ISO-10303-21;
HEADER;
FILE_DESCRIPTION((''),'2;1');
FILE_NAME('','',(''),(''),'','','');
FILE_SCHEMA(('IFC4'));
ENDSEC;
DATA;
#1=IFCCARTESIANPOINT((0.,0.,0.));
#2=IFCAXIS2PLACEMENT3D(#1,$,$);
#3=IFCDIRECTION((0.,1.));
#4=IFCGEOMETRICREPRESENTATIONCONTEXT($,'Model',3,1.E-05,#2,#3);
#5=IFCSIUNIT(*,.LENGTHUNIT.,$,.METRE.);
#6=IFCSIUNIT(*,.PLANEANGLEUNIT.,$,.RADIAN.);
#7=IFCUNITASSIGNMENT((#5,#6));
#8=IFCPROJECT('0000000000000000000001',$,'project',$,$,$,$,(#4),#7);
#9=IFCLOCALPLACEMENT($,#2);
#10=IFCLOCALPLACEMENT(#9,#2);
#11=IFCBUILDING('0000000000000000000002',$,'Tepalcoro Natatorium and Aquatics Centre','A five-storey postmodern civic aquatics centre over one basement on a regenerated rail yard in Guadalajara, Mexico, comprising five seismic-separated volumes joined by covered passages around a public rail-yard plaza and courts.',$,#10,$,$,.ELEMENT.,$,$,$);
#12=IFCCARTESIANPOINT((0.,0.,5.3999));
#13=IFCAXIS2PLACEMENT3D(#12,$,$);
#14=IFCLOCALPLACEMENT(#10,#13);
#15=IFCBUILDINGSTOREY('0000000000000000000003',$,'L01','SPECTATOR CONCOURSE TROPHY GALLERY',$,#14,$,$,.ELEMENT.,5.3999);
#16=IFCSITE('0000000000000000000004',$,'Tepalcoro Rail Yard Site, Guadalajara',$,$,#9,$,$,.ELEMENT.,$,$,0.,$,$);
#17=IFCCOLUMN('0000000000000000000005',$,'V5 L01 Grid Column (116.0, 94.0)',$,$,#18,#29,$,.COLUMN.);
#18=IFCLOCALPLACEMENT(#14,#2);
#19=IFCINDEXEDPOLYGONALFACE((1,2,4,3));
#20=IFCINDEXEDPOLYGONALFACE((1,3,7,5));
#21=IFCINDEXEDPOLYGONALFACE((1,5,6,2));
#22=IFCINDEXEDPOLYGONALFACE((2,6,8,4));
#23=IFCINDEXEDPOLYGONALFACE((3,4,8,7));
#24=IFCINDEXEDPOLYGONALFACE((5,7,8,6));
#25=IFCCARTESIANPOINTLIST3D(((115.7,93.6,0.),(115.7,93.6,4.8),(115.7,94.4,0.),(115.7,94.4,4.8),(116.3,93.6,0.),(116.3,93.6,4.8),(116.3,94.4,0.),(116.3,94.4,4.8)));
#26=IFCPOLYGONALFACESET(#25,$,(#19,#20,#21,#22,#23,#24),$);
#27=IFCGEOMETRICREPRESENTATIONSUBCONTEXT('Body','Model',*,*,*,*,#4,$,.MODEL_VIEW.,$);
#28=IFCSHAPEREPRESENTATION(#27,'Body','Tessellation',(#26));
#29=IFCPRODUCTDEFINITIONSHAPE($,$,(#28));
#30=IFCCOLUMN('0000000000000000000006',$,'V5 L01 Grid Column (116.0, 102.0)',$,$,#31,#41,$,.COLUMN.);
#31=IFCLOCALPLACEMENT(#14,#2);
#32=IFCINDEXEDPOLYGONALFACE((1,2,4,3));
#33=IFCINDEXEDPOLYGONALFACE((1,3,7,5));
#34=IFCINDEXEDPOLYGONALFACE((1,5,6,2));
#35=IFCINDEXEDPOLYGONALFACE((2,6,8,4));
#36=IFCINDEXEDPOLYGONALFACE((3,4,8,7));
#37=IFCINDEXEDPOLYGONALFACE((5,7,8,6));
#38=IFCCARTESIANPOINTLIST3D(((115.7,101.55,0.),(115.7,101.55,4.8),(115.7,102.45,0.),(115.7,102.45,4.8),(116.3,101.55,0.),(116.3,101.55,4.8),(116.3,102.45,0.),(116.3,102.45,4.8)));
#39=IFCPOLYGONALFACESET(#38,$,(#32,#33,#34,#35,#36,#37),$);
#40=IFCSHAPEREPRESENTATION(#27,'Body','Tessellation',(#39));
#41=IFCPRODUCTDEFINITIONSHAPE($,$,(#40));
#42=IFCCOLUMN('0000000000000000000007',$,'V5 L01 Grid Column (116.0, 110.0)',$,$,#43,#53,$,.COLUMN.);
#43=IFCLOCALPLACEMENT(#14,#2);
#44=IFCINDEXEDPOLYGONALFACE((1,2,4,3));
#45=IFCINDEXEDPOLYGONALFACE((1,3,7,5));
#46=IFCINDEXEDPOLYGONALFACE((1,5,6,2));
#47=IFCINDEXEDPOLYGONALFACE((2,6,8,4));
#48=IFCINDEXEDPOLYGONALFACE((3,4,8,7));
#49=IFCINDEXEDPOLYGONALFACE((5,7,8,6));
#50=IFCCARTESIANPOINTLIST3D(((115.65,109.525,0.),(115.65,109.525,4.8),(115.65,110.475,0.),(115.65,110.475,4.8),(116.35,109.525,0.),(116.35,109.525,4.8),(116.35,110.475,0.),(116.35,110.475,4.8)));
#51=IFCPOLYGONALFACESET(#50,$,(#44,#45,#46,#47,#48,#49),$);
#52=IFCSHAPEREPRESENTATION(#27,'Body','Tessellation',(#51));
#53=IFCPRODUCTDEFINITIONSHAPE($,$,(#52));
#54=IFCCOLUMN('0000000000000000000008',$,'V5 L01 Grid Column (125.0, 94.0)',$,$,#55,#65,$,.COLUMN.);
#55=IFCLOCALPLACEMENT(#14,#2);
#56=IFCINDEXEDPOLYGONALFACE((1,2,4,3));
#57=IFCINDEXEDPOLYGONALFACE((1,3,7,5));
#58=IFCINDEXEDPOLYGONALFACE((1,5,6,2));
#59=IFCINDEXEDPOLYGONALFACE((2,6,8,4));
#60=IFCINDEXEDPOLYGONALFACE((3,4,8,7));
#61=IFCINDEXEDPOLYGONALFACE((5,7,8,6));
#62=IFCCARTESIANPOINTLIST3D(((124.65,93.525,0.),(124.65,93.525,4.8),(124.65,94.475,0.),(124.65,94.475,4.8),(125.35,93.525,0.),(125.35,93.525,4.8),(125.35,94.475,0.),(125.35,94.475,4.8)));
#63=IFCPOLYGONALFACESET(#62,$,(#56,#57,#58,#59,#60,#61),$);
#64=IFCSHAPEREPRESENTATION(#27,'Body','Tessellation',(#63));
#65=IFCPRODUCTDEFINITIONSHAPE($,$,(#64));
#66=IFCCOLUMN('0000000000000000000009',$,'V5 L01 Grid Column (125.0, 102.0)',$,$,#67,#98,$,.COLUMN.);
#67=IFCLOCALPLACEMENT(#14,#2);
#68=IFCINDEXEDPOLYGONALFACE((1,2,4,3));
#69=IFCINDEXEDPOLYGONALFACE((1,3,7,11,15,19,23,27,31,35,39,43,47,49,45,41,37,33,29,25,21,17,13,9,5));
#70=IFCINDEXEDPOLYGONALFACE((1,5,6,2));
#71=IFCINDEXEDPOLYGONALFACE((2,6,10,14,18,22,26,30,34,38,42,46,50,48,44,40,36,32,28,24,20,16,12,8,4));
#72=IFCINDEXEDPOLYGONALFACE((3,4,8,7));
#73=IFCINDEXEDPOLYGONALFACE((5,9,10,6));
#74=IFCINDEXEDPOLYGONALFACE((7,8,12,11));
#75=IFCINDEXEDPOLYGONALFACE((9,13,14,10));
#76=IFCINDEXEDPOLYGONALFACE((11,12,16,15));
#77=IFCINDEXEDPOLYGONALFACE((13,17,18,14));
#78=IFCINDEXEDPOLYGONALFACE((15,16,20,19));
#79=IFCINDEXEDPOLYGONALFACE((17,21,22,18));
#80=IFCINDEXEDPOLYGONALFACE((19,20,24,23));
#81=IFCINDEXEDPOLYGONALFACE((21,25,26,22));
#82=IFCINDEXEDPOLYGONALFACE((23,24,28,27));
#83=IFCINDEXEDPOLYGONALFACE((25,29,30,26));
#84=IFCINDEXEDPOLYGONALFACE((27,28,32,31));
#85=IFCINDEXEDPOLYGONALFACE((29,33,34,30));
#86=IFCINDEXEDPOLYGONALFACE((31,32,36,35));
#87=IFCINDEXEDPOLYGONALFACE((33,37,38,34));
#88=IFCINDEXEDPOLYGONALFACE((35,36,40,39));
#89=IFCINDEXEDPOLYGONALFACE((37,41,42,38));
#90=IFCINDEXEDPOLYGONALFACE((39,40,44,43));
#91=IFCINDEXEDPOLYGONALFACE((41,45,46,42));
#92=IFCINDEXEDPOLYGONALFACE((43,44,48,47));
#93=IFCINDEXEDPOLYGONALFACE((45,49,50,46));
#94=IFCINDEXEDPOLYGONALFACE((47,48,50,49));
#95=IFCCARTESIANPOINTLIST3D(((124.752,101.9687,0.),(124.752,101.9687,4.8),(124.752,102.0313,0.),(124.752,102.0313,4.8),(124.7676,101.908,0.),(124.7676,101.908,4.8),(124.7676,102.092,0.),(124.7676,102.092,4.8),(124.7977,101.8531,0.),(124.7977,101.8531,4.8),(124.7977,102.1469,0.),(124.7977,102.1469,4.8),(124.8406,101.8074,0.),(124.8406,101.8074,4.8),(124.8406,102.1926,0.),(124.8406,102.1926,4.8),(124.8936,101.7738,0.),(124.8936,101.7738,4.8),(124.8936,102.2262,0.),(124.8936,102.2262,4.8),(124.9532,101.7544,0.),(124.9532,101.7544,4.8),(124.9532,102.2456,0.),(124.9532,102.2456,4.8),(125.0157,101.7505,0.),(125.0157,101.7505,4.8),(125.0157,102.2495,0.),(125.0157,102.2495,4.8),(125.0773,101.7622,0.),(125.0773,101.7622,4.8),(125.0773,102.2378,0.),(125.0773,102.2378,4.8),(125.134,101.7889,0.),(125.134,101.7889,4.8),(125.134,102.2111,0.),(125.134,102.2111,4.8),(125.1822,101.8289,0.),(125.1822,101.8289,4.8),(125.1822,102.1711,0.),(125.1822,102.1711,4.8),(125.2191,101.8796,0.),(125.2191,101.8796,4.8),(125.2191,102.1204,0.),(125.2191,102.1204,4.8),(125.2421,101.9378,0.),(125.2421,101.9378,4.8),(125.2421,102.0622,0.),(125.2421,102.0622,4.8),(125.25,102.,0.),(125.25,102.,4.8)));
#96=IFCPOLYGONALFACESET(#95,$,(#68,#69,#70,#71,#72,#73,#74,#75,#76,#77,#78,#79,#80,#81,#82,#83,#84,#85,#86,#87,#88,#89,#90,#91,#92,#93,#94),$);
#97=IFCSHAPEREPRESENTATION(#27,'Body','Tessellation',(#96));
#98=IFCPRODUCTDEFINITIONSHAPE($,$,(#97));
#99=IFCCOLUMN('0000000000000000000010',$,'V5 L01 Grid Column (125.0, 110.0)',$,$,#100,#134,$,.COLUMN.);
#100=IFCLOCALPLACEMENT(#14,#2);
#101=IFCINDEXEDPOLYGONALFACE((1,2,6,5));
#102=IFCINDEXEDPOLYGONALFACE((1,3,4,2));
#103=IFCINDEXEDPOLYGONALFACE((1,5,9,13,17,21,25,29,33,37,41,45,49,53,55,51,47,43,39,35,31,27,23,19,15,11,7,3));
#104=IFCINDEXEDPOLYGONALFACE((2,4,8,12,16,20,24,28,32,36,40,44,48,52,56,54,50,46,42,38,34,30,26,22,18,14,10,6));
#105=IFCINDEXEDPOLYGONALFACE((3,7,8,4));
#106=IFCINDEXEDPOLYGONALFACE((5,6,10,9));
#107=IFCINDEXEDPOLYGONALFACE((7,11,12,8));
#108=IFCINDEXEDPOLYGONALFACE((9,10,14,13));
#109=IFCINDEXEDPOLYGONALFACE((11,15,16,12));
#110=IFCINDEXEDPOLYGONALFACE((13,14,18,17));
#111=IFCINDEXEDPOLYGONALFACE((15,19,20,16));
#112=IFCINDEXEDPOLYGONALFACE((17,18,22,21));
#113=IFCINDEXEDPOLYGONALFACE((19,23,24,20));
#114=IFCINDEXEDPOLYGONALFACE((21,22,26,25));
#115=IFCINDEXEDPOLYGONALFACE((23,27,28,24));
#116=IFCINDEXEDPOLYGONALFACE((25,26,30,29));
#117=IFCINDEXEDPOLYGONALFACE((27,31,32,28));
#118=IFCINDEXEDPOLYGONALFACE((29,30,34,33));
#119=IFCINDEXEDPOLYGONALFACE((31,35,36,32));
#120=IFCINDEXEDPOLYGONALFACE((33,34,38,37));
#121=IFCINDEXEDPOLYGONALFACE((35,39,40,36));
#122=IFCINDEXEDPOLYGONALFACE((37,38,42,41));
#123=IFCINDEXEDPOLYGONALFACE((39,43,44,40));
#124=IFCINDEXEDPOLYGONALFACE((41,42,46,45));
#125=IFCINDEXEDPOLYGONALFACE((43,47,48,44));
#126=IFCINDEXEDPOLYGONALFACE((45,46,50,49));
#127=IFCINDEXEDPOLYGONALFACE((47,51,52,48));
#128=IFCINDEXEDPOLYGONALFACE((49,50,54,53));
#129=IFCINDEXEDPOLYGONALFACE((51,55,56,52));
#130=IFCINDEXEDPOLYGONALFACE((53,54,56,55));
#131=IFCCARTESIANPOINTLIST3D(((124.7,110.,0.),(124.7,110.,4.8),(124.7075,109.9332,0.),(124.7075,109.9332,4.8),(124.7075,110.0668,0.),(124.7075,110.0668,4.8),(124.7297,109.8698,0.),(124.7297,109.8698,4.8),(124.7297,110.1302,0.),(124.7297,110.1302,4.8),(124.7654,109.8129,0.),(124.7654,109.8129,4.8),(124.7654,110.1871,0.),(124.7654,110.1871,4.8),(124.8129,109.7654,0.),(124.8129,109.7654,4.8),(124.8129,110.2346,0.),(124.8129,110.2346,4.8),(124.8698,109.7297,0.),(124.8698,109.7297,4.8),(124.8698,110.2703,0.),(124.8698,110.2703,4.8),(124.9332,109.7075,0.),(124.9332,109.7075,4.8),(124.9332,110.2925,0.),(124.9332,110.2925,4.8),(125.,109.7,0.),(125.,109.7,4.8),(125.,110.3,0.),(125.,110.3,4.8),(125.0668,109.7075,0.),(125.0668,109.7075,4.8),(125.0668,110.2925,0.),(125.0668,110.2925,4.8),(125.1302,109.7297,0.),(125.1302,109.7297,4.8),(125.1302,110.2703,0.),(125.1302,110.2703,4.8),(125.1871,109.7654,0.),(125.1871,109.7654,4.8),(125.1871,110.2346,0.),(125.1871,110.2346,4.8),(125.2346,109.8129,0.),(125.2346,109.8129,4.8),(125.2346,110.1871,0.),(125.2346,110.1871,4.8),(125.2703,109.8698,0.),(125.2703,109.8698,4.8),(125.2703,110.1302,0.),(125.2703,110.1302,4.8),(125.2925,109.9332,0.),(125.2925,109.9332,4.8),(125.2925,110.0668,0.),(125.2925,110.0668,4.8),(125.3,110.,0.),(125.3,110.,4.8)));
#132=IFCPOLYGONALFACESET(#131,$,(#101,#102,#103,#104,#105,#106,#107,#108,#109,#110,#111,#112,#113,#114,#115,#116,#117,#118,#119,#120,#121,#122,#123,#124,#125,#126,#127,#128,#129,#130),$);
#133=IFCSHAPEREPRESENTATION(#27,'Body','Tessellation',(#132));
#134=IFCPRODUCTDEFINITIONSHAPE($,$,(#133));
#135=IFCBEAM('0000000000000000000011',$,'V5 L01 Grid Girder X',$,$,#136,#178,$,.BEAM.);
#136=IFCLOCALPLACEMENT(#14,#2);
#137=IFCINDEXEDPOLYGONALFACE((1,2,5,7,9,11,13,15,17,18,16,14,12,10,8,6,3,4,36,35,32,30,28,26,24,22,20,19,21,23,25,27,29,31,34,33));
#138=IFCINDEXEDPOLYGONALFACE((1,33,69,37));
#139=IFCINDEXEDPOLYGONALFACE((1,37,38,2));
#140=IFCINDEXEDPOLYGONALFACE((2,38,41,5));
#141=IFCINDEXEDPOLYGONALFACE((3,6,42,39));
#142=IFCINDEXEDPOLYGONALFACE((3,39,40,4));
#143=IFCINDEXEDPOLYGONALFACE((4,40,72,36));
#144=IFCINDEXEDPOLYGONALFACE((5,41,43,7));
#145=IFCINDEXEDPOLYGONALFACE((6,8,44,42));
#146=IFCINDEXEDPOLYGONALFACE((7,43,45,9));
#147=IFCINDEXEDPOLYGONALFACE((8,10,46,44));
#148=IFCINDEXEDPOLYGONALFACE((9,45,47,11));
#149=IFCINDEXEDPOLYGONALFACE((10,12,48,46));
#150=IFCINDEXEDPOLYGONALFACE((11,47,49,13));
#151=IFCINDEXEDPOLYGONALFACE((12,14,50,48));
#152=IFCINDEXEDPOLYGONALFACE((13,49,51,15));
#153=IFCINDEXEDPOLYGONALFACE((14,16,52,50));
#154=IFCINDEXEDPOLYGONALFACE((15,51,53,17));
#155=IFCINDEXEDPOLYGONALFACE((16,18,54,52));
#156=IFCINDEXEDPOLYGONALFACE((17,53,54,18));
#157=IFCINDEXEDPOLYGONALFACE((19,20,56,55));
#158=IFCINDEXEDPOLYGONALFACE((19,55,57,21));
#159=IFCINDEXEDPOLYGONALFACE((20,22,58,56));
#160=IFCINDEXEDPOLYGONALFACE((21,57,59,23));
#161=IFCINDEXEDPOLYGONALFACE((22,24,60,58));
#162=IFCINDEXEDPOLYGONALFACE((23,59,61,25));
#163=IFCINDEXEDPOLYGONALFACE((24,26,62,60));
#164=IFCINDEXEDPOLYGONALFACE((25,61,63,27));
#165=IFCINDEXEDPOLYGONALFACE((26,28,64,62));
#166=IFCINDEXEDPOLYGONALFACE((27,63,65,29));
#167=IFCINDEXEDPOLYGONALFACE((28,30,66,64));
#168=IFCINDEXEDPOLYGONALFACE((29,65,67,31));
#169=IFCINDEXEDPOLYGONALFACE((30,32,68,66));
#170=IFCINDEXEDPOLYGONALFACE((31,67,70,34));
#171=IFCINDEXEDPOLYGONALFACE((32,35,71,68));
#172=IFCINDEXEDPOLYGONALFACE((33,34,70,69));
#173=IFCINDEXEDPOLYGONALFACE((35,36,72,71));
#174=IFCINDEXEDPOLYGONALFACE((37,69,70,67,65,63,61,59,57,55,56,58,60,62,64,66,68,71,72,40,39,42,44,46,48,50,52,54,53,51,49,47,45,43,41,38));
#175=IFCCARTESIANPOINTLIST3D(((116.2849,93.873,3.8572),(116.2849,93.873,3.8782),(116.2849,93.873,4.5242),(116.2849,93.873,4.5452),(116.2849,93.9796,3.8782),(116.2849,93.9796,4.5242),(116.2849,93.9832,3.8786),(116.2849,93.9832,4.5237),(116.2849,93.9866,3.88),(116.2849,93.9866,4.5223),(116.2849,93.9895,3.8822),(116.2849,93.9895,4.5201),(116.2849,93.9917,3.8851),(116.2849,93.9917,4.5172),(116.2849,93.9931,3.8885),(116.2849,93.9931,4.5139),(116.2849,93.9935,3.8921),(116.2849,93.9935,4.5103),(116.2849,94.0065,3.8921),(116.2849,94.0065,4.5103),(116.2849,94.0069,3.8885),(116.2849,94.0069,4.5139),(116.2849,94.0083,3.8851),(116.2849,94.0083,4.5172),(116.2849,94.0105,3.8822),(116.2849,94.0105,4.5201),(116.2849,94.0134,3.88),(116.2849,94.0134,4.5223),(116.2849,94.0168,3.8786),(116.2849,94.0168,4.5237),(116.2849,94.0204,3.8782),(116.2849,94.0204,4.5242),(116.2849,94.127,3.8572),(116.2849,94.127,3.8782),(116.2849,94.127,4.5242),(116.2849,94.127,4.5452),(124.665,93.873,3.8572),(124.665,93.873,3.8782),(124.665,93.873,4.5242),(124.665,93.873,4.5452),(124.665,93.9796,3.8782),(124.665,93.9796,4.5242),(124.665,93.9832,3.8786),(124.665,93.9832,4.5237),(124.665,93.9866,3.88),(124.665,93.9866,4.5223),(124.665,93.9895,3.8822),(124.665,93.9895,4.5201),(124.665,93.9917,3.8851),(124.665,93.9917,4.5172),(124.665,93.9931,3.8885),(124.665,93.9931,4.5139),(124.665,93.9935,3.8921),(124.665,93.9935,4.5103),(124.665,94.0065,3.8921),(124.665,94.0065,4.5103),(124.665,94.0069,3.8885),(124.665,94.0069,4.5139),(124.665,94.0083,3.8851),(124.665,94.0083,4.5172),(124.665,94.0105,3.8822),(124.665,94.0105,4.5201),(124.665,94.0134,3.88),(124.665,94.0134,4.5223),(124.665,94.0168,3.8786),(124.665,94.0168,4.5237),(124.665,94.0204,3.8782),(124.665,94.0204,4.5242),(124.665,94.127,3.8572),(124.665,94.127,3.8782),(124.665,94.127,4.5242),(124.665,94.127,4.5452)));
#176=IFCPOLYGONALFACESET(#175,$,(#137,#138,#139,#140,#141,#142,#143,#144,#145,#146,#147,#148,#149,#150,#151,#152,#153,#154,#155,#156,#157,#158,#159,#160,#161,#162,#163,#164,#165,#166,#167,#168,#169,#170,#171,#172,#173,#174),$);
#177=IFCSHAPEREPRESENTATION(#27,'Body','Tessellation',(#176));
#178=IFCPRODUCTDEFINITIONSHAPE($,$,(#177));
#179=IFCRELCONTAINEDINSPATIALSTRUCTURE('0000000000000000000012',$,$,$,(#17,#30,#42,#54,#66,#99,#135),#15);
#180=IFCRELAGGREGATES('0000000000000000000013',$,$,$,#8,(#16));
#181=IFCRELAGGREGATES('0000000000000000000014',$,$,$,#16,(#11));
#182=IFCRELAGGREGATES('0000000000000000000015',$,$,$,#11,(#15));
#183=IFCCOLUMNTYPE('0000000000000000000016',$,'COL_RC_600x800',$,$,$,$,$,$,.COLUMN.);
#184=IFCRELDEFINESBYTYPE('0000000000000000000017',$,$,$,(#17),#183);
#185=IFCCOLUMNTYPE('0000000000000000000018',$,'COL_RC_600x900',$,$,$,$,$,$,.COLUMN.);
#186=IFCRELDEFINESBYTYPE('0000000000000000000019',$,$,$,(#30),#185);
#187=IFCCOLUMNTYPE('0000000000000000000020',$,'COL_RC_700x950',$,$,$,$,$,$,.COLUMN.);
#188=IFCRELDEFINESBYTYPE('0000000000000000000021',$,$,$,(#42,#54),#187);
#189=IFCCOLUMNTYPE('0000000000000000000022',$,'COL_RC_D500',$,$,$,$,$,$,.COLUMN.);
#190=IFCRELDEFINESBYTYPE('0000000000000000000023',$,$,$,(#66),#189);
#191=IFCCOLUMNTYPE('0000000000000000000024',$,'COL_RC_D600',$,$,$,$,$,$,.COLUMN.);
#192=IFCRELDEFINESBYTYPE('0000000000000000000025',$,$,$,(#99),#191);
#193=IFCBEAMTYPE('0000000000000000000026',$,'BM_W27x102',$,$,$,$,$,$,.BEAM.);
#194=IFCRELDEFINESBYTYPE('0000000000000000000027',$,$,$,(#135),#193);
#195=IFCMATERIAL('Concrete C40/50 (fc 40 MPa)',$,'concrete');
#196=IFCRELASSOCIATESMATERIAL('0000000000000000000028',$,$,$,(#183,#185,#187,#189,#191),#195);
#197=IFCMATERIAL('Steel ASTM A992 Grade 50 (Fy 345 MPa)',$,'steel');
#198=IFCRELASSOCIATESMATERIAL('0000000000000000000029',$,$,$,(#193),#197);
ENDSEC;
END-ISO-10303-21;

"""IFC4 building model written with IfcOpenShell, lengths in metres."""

from ifc_helpers import new_model, si_unit, direction, frame, origin, origin_2d, place, context, subcontext, project, spatial, rectangle, circle, i_section, extrude, material, material_profile, profile_set, type_object, element, save


model = new_model("IFC4")

# Units and contexts
model_context = context("Model", 3, precision=1e-05, world=origin(), true_north=direction((0.0, 1.0)))
body_context = subcontext(model_context, "Body", "Model", "MODEL_VIEW")
ifc_project = project(units=[si_unit("LENGTHUNIT", "METRE"), si_unit("PLANEANGLEUNIT", "RADIAN")], contexts=[model_context])

# Site, building, storey
site_placement = place(None, origin())
site = spatial("IfcSite", under=ifc_project, at=site_placement, Name="Tepalcoro Rail Yard Site, Guadalajara", CompositionType="ELEMENT", RefElevation=0.0)
building_placement = place(site_placement, origin())
building = spatial("IfcBuilding", under=site, at=building_placement, Name="Tepalcoro Natatorium and Aquatics Centre", Description="A five-storey postmodern civic aquatics centre over one basement on a regenerated rail yard in Guadalajara, Mexico, comprising five seismic-separated volumes joined by covered passages around a public rail-yard plaza and courts.", CompositionType="ELEMENT")
storey_placement = place(building_placement, frame((0.0, 0.0, 5.3999)))
storey = spatial("IfcBuildingStorey", under=building, at=storey_placement, Name="L01", Description="SPECTATOR CONCOURSE TROPHY GALLERY", CompositionType="ELEMENT", Elevation=5.3999)

# Columns
ifc_material_1 = material(Name="Concrete C40/50 (fc 40 MPa)", Category="concrete")
ifc_material_profile_1 = material_profile(ifc_material_1, rectangle(XDim=0.6001, YDim=0.8, at=origin_2d()), Name="RC600x800")
ifc_profile_set_1 = profile_set([ifc_material_profile_1], Name="Concrete C40/50 (fc 40 MPa)")
column_type_1 = type_object("IfcColumnType", Name="COL_RC_600x800", PredefinedType="COLUMN", material=ifc_profile_set_1)
column_1_placement = place(storey_placement, frame((116.0, 94.0, 0.0), z_axis=(0.0, 0.0, 1.0), x_axis=(1.0, 0.0, 0.0)))
element("IfcColumn", 1, at=column_1_placement, inside=storey, type_object=column_type_1, Name="V5 L01 Grid Column (116.0, 94.0)", PredefinedType="COLUMN", context=body_context, shape_type="SweptSolid", body=[
    extrude(rectangle(XDim=0.6001, YDim=0.8, at=origin_2d()), origin(), (0.0, 0.0, 1.0), 4.8),
])
ifc_material_profile_2 = material_profile(ifc_material_1, rectangle(XDim=0.6001, YDim=0.8999, at=origin_2d()), Name="RC600x900")
ifc_profile_set_2 = profile_set([ifc_material_profile_2], Name="Concrete C40/50 (fc 40 MPa)")
column_type_2 = type_object("IfcColumnType", Name="COL_RC_600x900", PredefinedType="COLUMN", material=ifc_profile_set_2)
column_2_placement = place(storey_placement, frame((116.0, 102.0, 0.0), z_axis=(0.0, 0.0, 1.0), x_axis=(1.0, 0.0, 0.0)))
element("IfcColumn", 2, at=column_2_placement, inside=storey, type_object=column_type_2, Name="V5 L01 Grid Column (116.0, 102.0)", PredefinedType="COLUMN", context=body_context, shape_type="SweptSolid", body=[
    extrude(rectangle(XDim=0.6001, YDim=0.8999, at=origin_2d()), origin(), (0.0, 0.0, 1.0), 4.8),
])
ifc_material_profile_3 = material_profile(ifc_material_1, rectangle(XDim=0.7, YDim=0.95, at=origin_2d()), Name="RC700x950")
ifc_profile_set_3 = profile_set([ifc_material_profile_3], Name="Concrete C40/50 (fc 40 MPa)")
column_type_3 = type_object("IfcColumnType", Name="COL_RC_700x950", PredefinedType="COLUMN", material=ifc_profile_set_3)
for number, where, z_axis, x_axis, name in (
    (3, (116.0, 110.0, 0.0), (0.0, 0.0, 1.0), (1.0, 0.0, 0.0), "V5 L01 Grid Column (116.0, 110.0)"),
    (4, (125.0, 94.0, 0.0), (0.0, 0.0, 1.0), (1.0, 0.0, 0.0), "V5 L01 Grid Column (125.0, 94.0)"),
):
    element("IfcColumn", number, at=place(storey_placement, frame(where, z_axis=z_axis, x_axis=x_axis)), inside=storey, type_object=column_type_3, Name=name, PredefinedType="COLUMN", context=body_context, shape_type="SweptSolid", body=[
        extrude(rectangle(XDim=0.7, YDim=0.95, at=origin_2d()), origin(), (0.0, 0.0, 1.0), 4.8),
    ])
ifc_material_profile_4 = material_profile(ifc_material_1, circle(Radius=0.25, at=origin_2d()), Name="RCD500")
ifc_profile_set_4 = profile_set([ifc_material_profile_4], Name="Concrete C40/50 (fc 40 MPa)")
column_type_4 = type_object("IfcColumnType", Name="COL_RC_D500", PredefinedType="COLUMN", material=ifc_profile_set_4)
column_3_placement = place(storey_placement, frame((125.0, 102.0, 0.0), z_axis=(0.0, 0.0, 1.0), x_axis=(1.0, 0.0, 0.0)))
element("IfcColumn", 5, at=column_3_placement, inside=storey, type_object=column_type_4, Name="V5 L01 Grid Column (125.0, 102.0)", PredefinedType="COLUMN", context=body_context, shape_type="SweptSolid", body=[
    extrude(circle(Radius=0.25, at=origin_2d()), origin(), (0.0, 0.0, 1.0), 4.8),
])
ifc_material_profile_5 = material_profile(ifc_material_1, circle(Radius=0.3, at=origin_2d()), Name="RCD600")
ifc_profile_set_5 = profile_set([ifc_material_profile_5], Name="Concrete C40/50 (fc 40 MPa)")
column_type_5 = type_object("IfcColumnType", Name="COL_RC_D600", PredefinedType="COLUMN", material=ifc_profile_set_5)
column_4_placement = place(storey_placement, frame((125.0, 110.0, 0.0), z_axis=(0.0, 0.0, 1.0), x_axis=(1.0, 0.0, 0.0)))
element("IfcColumn", 6, at=column_4_placement, inside=storey, type_object=column_type_5, Name="V5 L01 Grid Column (125.0, 110.0)", PredefinedType="COLUMN", context=body_context, shape_type="SweptSolid", body=[
    extrude(circle(Radius=0.3, at=origin_2d()), origin(), (0.0, 0.0, 1.0), 4.8),
])

# Beam
ifc_material_2 = material(Name="Steel ASTM A992 Grade 50 (Fy 345 MPa)", Category="steel")
ifc_material_profile_6 = material_profile(ifc_material_2, i_section(OverallWidth=0.2539, OverallDepth=0.688, WebThickness=0.0129, FlangeThickness=0.021, FilletRadius=0.0139, at=origin_2d()), Name="W27X102")
ifc_profile_set_6 = profile_set([ifc_material_profile_6], Name="Steel ASTM A992 Grade 50 (Fy 345 MPa)")
beam_type_1 = type_object("IfcBeamType", Name="BM_W27x102", PredefinedType="BEAM", material=ifc_profile_set_6)
beam_1_placement = place(storey_placement, frame((116.2849, 94.0, 4.2012), z_axis=(1.0, 0.0, 0.0), x_axis=(0.0, 1.0, 0.0)))
element("IfcBeam", 7, at=beam_1_placement, inside=storey, type_object=beam_type_1, Name="V5 L01 Grid Girder X", PredefinedType="BEAM", context=body_context, shape_type="SweptSolid", body=[
    extrude(i_section(OverallWidth=0.2539, OverallDepth=0.688, WebThickness=0.0129, FlangeThickness=0.021, FilletRadius=0.0139, at=origin_2d()), origin(), (0.0, 0.0, 1.0), 8.3801),
])

save(model, "model.ifc")
